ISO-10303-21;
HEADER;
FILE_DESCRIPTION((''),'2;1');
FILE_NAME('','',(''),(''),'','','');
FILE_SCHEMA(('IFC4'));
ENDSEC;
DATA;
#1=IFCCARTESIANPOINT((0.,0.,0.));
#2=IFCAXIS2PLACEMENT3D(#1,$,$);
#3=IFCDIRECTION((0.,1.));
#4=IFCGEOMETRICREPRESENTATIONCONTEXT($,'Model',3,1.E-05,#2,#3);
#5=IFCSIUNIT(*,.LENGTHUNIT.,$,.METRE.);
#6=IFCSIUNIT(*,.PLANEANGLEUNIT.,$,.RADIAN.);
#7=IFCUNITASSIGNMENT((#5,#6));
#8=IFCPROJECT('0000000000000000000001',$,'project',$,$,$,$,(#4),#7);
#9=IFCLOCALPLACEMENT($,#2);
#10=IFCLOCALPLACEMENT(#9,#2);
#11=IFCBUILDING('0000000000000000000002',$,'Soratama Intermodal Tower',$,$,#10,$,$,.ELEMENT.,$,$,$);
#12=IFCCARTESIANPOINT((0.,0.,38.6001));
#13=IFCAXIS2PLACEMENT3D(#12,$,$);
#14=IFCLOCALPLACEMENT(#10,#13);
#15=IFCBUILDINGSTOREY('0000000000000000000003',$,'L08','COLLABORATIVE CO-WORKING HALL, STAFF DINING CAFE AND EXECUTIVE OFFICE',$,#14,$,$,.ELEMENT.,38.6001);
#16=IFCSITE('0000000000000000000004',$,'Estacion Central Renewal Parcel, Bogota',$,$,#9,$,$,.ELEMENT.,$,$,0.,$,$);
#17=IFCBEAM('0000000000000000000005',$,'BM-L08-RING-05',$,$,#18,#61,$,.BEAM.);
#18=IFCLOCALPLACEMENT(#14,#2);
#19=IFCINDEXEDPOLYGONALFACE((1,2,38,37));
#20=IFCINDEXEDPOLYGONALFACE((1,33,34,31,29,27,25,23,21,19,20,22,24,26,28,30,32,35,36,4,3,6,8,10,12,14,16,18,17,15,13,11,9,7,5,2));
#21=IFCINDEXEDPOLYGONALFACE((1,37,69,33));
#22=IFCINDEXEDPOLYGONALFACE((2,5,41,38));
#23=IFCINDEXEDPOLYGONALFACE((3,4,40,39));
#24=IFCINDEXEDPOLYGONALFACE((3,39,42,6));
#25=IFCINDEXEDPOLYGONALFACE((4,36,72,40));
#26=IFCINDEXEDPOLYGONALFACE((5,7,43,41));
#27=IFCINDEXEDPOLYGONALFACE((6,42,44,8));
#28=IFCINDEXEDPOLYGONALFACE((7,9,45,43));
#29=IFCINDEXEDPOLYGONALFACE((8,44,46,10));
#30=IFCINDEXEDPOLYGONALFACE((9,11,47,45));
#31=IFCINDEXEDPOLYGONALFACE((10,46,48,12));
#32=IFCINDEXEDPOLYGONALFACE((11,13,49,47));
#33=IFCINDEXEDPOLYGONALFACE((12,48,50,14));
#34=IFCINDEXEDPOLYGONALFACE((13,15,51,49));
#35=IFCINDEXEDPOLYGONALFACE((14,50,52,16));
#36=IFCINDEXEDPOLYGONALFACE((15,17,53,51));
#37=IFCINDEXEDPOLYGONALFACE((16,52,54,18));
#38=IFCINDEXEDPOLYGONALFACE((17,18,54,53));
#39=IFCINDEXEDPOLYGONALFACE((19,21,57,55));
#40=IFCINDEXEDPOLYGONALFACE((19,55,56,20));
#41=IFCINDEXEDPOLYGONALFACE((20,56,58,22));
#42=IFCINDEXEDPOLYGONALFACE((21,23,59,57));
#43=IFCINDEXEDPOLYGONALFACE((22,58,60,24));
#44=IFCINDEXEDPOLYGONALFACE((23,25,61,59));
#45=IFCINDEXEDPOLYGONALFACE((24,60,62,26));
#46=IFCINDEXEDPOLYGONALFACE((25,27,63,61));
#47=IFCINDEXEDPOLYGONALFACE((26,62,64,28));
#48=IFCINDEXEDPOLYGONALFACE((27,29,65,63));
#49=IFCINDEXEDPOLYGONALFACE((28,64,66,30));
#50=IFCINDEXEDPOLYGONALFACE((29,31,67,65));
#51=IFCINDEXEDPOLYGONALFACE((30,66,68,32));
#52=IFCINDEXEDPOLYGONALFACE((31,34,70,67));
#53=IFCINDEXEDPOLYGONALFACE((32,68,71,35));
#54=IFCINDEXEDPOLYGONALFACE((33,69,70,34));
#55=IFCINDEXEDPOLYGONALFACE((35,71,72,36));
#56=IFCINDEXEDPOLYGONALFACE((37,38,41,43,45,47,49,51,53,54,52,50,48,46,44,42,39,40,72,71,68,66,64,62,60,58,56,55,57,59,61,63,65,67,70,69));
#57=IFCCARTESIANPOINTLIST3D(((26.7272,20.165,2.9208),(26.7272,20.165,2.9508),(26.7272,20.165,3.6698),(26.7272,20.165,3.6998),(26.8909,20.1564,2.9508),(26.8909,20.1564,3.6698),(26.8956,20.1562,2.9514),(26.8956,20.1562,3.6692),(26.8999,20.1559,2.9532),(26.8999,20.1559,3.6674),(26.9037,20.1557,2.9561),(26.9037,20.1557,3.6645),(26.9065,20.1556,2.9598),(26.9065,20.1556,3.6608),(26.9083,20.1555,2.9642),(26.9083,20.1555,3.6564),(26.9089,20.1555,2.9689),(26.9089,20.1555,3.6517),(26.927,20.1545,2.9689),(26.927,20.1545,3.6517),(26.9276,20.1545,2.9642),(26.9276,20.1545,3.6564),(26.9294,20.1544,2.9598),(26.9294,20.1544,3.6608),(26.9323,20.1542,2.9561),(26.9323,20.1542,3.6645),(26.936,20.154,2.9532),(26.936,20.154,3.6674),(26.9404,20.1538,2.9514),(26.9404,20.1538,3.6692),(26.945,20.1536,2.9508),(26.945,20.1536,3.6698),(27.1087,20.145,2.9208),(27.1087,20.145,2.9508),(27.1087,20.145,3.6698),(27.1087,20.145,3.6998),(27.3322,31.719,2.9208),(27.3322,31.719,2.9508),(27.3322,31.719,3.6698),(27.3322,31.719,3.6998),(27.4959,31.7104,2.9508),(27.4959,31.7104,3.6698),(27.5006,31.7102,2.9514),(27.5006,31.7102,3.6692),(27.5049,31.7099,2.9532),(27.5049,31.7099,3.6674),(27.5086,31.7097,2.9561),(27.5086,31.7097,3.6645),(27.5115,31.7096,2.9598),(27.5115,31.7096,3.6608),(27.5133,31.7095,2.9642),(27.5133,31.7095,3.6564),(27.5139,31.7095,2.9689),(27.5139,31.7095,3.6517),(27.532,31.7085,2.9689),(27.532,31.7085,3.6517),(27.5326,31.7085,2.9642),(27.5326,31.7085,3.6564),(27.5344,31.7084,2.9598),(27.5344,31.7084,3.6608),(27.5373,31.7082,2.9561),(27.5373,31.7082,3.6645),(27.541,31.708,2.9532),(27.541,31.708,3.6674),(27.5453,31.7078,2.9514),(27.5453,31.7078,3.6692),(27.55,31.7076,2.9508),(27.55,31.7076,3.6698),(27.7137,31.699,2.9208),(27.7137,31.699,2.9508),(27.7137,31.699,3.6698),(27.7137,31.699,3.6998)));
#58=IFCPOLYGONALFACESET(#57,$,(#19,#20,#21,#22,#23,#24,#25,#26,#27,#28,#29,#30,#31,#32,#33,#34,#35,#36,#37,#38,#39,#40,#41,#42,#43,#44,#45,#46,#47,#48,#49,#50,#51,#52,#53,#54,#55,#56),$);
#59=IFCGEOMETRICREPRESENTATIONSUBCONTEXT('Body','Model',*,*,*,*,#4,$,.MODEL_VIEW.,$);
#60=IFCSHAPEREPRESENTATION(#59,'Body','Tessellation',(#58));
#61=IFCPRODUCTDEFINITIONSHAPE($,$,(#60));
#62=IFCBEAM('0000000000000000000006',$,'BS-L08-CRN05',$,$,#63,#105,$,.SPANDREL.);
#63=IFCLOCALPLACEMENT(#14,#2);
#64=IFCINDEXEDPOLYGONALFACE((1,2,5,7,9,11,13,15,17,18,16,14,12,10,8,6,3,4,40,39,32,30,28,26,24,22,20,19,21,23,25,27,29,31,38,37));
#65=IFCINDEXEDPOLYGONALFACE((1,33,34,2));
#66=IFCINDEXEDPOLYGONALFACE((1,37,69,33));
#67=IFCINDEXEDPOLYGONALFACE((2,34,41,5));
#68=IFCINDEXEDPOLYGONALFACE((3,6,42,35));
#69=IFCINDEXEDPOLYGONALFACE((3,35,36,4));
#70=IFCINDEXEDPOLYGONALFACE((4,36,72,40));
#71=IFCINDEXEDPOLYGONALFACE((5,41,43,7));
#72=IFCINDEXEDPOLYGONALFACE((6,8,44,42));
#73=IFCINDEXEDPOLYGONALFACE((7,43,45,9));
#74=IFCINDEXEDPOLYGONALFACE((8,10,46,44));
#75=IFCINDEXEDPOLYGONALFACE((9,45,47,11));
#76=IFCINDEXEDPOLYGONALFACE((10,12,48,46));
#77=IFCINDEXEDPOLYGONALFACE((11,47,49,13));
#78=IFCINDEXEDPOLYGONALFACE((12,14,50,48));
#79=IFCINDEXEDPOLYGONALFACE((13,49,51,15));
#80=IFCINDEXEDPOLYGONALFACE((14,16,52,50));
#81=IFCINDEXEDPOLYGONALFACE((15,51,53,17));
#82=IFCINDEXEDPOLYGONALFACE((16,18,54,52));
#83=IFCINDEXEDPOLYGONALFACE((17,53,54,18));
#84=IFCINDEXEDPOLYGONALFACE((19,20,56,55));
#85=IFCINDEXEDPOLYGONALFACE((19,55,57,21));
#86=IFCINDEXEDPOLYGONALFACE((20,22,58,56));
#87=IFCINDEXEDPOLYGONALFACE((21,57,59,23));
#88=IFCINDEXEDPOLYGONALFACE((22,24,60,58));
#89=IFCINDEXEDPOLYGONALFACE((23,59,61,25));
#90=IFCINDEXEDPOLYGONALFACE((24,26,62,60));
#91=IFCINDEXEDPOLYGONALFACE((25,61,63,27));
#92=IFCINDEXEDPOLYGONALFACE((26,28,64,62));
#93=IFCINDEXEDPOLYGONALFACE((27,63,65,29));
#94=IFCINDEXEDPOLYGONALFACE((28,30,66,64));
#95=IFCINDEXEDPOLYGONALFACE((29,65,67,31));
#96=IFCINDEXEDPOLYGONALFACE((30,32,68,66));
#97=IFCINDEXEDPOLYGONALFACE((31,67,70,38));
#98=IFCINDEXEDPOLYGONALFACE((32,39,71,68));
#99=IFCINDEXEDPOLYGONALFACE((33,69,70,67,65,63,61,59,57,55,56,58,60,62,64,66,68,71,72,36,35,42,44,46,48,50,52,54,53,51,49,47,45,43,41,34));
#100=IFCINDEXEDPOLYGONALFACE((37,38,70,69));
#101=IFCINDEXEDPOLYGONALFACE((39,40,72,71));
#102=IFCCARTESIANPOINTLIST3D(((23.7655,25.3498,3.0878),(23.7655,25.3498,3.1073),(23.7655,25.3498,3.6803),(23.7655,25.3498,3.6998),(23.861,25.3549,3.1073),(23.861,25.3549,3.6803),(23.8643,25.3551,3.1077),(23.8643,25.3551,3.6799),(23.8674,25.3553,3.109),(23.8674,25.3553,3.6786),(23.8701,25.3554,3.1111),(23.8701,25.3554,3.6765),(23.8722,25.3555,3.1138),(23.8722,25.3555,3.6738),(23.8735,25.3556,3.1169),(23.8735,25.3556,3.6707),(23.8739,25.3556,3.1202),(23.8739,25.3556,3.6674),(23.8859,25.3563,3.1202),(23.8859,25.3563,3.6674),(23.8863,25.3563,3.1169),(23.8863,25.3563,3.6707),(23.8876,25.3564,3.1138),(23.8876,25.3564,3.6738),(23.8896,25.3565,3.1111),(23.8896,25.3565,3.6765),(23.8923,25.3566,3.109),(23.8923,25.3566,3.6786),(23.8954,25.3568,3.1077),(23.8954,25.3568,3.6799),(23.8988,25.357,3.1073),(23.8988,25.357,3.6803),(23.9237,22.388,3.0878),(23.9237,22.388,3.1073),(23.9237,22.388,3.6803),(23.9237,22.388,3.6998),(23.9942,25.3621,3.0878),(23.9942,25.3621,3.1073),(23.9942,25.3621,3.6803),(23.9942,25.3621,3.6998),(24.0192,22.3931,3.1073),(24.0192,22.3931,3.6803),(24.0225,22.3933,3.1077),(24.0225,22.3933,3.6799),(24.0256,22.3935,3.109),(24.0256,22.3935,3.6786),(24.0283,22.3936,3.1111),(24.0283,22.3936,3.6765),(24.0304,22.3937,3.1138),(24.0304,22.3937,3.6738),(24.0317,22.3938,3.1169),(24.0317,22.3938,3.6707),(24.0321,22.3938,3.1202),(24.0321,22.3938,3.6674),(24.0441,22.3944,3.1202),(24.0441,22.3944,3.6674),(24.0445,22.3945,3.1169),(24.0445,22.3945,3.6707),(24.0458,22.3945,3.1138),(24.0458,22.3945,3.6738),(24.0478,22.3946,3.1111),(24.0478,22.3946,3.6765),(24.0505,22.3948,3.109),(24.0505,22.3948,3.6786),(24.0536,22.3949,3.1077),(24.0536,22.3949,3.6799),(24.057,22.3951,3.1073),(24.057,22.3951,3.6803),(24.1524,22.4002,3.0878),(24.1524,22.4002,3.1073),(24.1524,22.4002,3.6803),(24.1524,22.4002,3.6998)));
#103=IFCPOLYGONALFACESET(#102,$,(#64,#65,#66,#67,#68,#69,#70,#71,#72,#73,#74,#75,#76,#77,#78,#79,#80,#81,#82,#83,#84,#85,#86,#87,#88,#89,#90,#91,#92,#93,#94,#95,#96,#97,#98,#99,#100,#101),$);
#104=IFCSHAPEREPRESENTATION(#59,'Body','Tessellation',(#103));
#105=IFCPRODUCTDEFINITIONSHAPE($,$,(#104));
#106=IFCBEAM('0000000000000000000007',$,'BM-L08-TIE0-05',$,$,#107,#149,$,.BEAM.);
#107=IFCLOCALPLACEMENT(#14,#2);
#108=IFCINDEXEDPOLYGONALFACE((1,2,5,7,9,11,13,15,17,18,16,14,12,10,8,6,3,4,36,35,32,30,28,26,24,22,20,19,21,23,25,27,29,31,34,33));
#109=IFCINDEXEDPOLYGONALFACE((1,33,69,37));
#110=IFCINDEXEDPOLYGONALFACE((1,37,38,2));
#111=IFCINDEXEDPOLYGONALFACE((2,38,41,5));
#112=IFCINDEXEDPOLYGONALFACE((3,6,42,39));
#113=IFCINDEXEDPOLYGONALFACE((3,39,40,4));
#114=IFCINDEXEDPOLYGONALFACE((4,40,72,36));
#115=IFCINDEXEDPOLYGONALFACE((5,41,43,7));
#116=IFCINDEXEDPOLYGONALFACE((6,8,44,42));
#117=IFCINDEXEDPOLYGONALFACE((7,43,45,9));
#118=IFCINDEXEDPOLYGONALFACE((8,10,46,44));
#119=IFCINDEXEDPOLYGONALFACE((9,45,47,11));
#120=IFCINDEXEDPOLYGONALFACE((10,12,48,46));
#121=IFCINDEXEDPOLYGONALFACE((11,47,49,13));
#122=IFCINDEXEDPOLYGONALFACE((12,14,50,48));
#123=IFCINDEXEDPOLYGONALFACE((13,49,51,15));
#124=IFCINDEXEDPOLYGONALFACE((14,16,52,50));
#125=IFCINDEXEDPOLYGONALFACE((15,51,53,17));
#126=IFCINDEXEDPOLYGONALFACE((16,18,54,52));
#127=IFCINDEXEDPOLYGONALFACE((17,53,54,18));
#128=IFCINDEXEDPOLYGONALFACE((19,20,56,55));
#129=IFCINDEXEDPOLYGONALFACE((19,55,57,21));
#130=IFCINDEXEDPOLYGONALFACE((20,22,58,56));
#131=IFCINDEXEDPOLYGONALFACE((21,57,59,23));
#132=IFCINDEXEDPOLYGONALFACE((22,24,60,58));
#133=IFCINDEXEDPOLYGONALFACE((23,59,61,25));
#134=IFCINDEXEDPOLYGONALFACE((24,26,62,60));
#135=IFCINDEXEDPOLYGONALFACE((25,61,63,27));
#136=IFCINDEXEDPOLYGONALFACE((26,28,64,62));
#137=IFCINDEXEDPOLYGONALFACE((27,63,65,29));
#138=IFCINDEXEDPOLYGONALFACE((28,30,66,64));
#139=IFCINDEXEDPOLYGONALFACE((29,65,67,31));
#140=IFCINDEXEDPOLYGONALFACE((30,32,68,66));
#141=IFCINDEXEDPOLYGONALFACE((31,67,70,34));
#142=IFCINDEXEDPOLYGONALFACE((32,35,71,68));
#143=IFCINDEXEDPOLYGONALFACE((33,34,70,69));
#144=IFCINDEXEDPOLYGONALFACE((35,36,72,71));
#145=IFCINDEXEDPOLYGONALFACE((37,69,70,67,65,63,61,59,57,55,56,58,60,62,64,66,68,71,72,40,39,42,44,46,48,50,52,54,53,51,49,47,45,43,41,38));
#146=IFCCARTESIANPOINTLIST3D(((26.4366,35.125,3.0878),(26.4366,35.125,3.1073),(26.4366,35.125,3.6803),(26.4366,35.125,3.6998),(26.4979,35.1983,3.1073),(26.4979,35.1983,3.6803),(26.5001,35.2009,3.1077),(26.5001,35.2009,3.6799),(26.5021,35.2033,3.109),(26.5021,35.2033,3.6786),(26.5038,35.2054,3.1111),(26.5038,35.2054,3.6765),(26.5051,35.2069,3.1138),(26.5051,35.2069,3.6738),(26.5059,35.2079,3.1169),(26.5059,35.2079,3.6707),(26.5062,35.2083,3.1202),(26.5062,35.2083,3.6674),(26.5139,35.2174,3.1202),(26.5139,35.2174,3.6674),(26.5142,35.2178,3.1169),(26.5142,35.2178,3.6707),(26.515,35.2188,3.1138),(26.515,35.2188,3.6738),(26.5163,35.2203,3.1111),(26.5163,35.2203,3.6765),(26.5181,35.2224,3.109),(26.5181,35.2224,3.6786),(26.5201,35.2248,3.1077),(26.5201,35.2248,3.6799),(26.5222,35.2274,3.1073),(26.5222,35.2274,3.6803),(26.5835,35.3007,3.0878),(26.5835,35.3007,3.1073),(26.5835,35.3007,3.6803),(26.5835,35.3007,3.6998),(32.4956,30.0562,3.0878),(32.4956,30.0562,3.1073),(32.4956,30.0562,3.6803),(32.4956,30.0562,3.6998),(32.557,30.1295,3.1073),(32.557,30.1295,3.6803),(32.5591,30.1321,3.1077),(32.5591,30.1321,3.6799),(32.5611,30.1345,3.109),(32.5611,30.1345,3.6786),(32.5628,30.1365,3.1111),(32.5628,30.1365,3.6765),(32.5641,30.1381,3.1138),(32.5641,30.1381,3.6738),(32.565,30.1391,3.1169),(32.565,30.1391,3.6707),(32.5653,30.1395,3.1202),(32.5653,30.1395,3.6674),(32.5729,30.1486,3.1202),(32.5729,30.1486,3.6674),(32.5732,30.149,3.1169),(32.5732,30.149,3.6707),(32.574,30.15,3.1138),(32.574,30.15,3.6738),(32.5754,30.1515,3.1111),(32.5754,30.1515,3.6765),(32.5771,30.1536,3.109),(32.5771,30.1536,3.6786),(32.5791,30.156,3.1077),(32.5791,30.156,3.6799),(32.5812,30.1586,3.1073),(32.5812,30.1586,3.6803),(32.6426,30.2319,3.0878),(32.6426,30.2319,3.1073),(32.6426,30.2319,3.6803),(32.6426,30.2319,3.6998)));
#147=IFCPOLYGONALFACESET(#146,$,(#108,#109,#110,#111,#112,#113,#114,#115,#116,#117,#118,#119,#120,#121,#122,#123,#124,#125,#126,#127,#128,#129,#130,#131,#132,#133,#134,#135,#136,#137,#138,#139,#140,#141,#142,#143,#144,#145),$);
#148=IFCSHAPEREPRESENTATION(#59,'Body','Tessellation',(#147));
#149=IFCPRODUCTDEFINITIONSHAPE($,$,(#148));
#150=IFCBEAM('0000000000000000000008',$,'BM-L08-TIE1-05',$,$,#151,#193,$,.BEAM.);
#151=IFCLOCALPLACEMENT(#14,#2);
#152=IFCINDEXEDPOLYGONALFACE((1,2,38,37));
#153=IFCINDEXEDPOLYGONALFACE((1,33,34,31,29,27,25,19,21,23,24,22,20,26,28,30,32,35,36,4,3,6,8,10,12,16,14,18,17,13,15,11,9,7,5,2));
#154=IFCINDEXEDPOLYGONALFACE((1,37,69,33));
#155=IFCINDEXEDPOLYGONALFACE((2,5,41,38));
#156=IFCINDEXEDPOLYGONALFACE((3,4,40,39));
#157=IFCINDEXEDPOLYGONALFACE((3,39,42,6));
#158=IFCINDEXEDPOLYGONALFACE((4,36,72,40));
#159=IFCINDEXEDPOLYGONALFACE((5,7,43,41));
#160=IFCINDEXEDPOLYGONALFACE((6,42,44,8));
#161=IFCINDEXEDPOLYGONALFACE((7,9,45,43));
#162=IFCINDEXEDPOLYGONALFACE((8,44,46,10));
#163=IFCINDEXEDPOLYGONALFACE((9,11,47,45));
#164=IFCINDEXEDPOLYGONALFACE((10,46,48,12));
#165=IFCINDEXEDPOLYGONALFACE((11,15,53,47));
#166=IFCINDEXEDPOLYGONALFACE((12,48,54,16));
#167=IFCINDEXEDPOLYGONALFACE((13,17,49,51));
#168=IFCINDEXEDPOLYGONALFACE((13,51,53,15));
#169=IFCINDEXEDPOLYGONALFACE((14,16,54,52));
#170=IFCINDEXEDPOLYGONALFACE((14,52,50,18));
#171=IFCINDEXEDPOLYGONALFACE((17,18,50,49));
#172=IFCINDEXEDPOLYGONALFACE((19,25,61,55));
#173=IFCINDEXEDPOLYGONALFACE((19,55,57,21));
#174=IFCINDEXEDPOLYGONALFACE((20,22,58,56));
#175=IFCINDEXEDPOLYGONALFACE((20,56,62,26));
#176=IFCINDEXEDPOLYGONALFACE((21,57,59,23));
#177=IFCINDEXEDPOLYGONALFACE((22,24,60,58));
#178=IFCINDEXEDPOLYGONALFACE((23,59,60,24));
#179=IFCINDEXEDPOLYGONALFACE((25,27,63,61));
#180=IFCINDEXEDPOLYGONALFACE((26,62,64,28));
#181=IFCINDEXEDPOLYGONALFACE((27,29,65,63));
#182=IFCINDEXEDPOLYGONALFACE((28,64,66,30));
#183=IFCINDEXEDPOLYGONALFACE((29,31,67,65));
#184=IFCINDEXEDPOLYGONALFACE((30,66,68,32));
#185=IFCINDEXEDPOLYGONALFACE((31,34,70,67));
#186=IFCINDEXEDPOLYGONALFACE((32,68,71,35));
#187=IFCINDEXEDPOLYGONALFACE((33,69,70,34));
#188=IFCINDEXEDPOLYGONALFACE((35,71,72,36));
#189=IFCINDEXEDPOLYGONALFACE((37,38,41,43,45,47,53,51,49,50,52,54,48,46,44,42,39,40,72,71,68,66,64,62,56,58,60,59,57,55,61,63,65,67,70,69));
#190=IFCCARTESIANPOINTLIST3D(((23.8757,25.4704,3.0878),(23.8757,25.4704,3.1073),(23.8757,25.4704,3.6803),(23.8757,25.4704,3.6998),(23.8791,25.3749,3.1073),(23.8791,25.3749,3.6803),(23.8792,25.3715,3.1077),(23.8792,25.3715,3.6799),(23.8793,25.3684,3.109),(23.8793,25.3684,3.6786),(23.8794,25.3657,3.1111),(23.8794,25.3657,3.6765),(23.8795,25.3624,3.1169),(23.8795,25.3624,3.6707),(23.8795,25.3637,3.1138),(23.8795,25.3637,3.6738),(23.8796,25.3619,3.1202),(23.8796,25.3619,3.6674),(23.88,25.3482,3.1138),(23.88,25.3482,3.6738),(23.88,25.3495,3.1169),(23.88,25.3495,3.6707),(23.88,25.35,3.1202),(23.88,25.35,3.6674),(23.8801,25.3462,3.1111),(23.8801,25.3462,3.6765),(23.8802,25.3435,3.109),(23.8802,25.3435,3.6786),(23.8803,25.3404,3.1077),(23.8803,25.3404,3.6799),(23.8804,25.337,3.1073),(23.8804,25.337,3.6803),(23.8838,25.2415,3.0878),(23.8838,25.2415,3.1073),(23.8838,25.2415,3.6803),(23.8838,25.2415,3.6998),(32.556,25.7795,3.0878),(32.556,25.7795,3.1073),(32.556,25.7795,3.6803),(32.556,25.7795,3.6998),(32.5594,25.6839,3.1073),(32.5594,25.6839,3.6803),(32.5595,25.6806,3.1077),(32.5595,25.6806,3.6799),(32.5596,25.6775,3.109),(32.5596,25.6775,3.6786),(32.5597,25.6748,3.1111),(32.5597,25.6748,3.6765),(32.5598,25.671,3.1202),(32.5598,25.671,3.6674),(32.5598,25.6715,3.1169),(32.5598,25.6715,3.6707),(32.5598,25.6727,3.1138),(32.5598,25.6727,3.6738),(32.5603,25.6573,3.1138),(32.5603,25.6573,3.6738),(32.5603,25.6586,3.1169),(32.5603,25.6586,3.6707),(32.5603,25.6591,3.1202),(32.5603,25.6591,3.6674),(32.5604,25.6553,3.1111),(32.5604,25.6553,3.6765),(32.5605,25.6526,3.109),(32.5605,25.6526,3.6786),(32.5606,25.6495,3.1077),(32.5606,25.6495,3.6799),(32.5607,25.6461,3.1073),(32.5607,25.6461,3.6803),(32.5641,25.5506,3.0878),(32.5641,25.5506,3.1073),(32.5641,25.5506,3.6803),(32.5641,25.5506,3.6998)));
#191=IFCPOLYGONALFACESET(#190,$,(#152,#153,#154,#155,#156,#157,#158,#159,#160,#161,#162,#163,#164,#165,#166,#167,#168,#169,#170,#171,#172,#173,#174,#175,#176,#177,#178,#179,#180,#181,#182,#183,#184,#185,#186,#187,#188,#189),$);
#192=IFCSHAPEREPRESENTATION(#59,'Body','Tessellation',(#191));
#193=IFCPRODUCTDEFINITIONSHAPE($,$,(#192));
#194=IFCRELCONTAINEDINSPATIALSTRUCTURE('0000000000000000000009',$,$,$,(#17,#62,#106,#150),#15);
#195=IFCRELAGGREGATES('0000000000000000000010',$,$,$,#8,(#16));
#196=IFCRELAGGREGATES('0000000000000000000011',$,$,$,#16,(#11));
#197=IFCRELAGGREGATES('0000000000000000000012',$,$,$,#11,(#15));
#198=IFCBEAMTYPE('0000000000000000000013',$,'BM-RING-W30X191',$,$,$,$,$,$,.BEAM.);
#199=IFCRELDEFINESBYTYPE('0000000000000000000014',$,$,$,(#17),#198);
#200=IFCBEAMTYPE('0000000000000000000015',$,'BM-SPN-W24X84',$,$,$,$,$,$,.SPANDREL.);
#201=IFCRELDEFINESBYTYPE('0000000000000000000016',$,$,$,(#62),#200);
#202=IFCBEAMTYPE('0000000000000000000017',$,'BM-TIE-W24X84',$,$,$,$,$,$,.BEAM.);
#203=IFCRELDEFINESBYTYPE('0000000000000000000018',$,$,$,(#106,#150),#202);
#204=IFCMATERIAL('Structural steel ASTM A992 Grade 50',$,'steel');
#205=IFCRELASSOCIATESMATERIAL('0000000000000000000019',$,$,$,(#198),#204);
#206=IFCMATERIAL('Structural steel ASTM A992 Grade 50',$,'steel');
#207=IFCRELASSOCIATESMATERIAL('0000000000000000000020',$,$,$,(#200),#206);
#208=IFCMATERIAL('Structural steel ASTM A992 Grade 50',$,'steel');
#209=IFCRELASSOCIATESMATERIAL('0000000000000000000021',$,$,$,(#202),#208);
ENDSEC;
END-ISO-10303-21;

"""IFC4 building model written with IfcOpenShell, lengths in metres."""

from ifc_helpers import new_model, si_unit, direction, frame, origin, origin_2d, place, context, subcontext, project, spatial, i_section, extrude, material, material_profile, profile_set, type_object, element, save


model = new_model("IFC4")

# Units and contexts
model_context = context("Model", 3, precision=1e-05, world=origin(), true_north=direction((0.0, 1.0)))
body_context = subcontext(model_context, "Body", "Model", "MODEL_VIEW")
ifc_project = project(units=[si_unit("LENGTHUNIT", "METRE"), si_unit("PLANEANGLEUNIT", "RADIAN")], contexts=[model_context])

# Site, building, storey
site_placement = place(None, origin())
site = spatial("IfcSite", under=ifc_project, at=site_placement, Name="Estacion Central Renewal Parcel, Bogota", CompositionType="ELEMENT", RefElevation=0.0)
building_placement = place(site_placement, origin())
building = spatial("IfcBuilding", under=site, at=building_placement, Name="Soratama Intermodal Tower", CompositionType="ELEMENT")
storey_placement = place(building_placement, frame((0.0, 0.0, 38.6001)))
storey = spatial("IfcBuildingStorey", under=building, at=storey_placement, Name="L08", Description="COLLABORATIVE CO-WORKING HALL, STAFF DINING CAFE AND EXECUTIVE OFFICE", CompositionType="ELEMENT", Elevation=38.6001)

# Beams
ifc_material_1 = material(Name="Structural steel ASTM A992 Grade 50", Category="steel")
ifc_material_profile_1 = material_profile(ifc_material_1, i_section(OverallWidth=0.3821, OverallDepth=0.7791, WebThickness=0.0181, FlangeThickness=0.03, FilletRadius=0.0181, at=origin_2d()), Name="W30X191")
ifc_profile_set_1 = profile_set([ifc_material_profile_1], Name="Structural steel ASTM A992 Grade 50")
beam_type_1 = type_object("IfcBeamType", Name="BM-RING-W30X191", PredefinedType="BEAM", material=ifc_profile_set_1)
beam_1_placement = place(storey_placement, frame((27.5229, 31.709, 3.3103), z_axis=(-0.05229, -0.998632, 0.0), x_axis=(0.998632, -0.05229, 0.0)))
element("IfcBeam", 1, at=beam_1_placement, inside=storey, type_object=beam_type_1, Name="BM-L08-RING-05", PredefinedType="BEAM", context=body_context, shape_type="SweptSolid", body=[
    extrude(i_section(OverallWidth=0.3821, OverallDepth=0.7791, WebThickness=0.0181, FlangeThickness=0.03, FilletRadius=0.0181, at=origin_2d()), origin(), (0.0, 0.0, 1.0), 11.5698),
])
ifc_material_2 = material(Name="Structural steel ASTM A992 Grade 50", Category="steel")
ifc_material_profile_2 = material_profile(ifc_material_2, i_section(OverallWidth=0.229, OverallDepth=0.6121, WebThickness=0.012, FlangeThickness=0.0195, FilletRadius=0.0129, at=origin_2d()), Name="W24X84")
ifc_profile_set_2 = profile_set([ifc_material_profile_2], Name="Structural steel ASTM A992 Grade 50")
beam_type_2 = type_object("IfcBeamType", Name="BM-SPN-W24X84", PredefinedType="SPANDREL", material=ifc_profile_set_2)
beam_2_placement = place(storey_placement, frame((23.8799, 25.356, 3.3938), z_axis=(0.053336, -0.998577, 0.0), x_axis=(0.998577, 0.053336, 0.0)))
element("IfcBeam", 2, at=beam_2_placement, inside=storey, type_object=beam_type_2, Name="BS-L08-CRN05", PredefinedType="SPANDREL", context=body_context, shape_type="SweptSolid", body=[
    extrude(i_section(OverallWidth=0.229, OverallDepth=0.6121, WebThickness=0.012, FlangeThickness=0.0195, FilletRadius=0.0129, at=origin_2d()), origin(), (0.0, 0.0, 1.0), 2.9661),
])
ifc_material_3 = material(Name="Structural steel ASTM A992 Grade 50", Category="steel")
ifc_material_profile_3 = material_profile(ifc_material_3, i_section(OverallWidth=0.229, OverallDepth=0.6121, WebThickness=0.012, FlangeThickness=0.0195, FilletRadius=0.0129, at=origin_2d()), Name="W24X84")
ifc_profile_set_3 = profile_set([ifc_material_profile_3], Name="Structural steel ASTM A992 Grade 50")
beam_type_3 = type_object("IfcBeamType", Name="BM-TIE-W24X84", PredefinedType="BEAM", material=ifc_profile_set_3)
beam_3_placement = place(storey_placement, frame((32.5691, 30.144, 3.3938), z_axis=(-0.766999, 0.641648, 0.0), x_axis=(-0.641648, -0.766999, 0.0)))
element("IfcBeam", 3, at=beam_3_placement, inside=storey, type_object=beam_type_3, Name="BM-L08-TIE0-05", PredefinedType="BEAM", context=body_context, shape_type="SweptSolid", body=[
    extrude(i_section(OverallWidth=0.229, OverallDepth=0.6121, WebThickness=0.012, FlangeThickness=0.0195, FilletRadius=0.0129, at=origin_2d()), origin(), (0.0, 0.0, 1.0), 7.8997),
])
beam_4_placement = place(storey_placement, frame((32.5601, 25.665, 3.3938), z_axis=(-0.999367, -0.035585, 0.0), x_axis=(0.035585, -0.999367, 0.0)))
element("IfcBeam", 4, at=beam_4_placement, inside=storey, type_object=beam_type_3, Name="BM-L08-TIE1-05", PredefinedType="BEAM", context=body_context, shape_type="SweptSolid", body=[
    extrude(i_section(OverallWidth=0.229, OverallDepth=0.6121, WebThickness=0.012, FlangeThickness=0.0195, FilletRadius=0.0129, at=origin_2d()), origin(), (0.0, 0.0, 1.0), 8.6858),
])

save(model, "model.ifc")
